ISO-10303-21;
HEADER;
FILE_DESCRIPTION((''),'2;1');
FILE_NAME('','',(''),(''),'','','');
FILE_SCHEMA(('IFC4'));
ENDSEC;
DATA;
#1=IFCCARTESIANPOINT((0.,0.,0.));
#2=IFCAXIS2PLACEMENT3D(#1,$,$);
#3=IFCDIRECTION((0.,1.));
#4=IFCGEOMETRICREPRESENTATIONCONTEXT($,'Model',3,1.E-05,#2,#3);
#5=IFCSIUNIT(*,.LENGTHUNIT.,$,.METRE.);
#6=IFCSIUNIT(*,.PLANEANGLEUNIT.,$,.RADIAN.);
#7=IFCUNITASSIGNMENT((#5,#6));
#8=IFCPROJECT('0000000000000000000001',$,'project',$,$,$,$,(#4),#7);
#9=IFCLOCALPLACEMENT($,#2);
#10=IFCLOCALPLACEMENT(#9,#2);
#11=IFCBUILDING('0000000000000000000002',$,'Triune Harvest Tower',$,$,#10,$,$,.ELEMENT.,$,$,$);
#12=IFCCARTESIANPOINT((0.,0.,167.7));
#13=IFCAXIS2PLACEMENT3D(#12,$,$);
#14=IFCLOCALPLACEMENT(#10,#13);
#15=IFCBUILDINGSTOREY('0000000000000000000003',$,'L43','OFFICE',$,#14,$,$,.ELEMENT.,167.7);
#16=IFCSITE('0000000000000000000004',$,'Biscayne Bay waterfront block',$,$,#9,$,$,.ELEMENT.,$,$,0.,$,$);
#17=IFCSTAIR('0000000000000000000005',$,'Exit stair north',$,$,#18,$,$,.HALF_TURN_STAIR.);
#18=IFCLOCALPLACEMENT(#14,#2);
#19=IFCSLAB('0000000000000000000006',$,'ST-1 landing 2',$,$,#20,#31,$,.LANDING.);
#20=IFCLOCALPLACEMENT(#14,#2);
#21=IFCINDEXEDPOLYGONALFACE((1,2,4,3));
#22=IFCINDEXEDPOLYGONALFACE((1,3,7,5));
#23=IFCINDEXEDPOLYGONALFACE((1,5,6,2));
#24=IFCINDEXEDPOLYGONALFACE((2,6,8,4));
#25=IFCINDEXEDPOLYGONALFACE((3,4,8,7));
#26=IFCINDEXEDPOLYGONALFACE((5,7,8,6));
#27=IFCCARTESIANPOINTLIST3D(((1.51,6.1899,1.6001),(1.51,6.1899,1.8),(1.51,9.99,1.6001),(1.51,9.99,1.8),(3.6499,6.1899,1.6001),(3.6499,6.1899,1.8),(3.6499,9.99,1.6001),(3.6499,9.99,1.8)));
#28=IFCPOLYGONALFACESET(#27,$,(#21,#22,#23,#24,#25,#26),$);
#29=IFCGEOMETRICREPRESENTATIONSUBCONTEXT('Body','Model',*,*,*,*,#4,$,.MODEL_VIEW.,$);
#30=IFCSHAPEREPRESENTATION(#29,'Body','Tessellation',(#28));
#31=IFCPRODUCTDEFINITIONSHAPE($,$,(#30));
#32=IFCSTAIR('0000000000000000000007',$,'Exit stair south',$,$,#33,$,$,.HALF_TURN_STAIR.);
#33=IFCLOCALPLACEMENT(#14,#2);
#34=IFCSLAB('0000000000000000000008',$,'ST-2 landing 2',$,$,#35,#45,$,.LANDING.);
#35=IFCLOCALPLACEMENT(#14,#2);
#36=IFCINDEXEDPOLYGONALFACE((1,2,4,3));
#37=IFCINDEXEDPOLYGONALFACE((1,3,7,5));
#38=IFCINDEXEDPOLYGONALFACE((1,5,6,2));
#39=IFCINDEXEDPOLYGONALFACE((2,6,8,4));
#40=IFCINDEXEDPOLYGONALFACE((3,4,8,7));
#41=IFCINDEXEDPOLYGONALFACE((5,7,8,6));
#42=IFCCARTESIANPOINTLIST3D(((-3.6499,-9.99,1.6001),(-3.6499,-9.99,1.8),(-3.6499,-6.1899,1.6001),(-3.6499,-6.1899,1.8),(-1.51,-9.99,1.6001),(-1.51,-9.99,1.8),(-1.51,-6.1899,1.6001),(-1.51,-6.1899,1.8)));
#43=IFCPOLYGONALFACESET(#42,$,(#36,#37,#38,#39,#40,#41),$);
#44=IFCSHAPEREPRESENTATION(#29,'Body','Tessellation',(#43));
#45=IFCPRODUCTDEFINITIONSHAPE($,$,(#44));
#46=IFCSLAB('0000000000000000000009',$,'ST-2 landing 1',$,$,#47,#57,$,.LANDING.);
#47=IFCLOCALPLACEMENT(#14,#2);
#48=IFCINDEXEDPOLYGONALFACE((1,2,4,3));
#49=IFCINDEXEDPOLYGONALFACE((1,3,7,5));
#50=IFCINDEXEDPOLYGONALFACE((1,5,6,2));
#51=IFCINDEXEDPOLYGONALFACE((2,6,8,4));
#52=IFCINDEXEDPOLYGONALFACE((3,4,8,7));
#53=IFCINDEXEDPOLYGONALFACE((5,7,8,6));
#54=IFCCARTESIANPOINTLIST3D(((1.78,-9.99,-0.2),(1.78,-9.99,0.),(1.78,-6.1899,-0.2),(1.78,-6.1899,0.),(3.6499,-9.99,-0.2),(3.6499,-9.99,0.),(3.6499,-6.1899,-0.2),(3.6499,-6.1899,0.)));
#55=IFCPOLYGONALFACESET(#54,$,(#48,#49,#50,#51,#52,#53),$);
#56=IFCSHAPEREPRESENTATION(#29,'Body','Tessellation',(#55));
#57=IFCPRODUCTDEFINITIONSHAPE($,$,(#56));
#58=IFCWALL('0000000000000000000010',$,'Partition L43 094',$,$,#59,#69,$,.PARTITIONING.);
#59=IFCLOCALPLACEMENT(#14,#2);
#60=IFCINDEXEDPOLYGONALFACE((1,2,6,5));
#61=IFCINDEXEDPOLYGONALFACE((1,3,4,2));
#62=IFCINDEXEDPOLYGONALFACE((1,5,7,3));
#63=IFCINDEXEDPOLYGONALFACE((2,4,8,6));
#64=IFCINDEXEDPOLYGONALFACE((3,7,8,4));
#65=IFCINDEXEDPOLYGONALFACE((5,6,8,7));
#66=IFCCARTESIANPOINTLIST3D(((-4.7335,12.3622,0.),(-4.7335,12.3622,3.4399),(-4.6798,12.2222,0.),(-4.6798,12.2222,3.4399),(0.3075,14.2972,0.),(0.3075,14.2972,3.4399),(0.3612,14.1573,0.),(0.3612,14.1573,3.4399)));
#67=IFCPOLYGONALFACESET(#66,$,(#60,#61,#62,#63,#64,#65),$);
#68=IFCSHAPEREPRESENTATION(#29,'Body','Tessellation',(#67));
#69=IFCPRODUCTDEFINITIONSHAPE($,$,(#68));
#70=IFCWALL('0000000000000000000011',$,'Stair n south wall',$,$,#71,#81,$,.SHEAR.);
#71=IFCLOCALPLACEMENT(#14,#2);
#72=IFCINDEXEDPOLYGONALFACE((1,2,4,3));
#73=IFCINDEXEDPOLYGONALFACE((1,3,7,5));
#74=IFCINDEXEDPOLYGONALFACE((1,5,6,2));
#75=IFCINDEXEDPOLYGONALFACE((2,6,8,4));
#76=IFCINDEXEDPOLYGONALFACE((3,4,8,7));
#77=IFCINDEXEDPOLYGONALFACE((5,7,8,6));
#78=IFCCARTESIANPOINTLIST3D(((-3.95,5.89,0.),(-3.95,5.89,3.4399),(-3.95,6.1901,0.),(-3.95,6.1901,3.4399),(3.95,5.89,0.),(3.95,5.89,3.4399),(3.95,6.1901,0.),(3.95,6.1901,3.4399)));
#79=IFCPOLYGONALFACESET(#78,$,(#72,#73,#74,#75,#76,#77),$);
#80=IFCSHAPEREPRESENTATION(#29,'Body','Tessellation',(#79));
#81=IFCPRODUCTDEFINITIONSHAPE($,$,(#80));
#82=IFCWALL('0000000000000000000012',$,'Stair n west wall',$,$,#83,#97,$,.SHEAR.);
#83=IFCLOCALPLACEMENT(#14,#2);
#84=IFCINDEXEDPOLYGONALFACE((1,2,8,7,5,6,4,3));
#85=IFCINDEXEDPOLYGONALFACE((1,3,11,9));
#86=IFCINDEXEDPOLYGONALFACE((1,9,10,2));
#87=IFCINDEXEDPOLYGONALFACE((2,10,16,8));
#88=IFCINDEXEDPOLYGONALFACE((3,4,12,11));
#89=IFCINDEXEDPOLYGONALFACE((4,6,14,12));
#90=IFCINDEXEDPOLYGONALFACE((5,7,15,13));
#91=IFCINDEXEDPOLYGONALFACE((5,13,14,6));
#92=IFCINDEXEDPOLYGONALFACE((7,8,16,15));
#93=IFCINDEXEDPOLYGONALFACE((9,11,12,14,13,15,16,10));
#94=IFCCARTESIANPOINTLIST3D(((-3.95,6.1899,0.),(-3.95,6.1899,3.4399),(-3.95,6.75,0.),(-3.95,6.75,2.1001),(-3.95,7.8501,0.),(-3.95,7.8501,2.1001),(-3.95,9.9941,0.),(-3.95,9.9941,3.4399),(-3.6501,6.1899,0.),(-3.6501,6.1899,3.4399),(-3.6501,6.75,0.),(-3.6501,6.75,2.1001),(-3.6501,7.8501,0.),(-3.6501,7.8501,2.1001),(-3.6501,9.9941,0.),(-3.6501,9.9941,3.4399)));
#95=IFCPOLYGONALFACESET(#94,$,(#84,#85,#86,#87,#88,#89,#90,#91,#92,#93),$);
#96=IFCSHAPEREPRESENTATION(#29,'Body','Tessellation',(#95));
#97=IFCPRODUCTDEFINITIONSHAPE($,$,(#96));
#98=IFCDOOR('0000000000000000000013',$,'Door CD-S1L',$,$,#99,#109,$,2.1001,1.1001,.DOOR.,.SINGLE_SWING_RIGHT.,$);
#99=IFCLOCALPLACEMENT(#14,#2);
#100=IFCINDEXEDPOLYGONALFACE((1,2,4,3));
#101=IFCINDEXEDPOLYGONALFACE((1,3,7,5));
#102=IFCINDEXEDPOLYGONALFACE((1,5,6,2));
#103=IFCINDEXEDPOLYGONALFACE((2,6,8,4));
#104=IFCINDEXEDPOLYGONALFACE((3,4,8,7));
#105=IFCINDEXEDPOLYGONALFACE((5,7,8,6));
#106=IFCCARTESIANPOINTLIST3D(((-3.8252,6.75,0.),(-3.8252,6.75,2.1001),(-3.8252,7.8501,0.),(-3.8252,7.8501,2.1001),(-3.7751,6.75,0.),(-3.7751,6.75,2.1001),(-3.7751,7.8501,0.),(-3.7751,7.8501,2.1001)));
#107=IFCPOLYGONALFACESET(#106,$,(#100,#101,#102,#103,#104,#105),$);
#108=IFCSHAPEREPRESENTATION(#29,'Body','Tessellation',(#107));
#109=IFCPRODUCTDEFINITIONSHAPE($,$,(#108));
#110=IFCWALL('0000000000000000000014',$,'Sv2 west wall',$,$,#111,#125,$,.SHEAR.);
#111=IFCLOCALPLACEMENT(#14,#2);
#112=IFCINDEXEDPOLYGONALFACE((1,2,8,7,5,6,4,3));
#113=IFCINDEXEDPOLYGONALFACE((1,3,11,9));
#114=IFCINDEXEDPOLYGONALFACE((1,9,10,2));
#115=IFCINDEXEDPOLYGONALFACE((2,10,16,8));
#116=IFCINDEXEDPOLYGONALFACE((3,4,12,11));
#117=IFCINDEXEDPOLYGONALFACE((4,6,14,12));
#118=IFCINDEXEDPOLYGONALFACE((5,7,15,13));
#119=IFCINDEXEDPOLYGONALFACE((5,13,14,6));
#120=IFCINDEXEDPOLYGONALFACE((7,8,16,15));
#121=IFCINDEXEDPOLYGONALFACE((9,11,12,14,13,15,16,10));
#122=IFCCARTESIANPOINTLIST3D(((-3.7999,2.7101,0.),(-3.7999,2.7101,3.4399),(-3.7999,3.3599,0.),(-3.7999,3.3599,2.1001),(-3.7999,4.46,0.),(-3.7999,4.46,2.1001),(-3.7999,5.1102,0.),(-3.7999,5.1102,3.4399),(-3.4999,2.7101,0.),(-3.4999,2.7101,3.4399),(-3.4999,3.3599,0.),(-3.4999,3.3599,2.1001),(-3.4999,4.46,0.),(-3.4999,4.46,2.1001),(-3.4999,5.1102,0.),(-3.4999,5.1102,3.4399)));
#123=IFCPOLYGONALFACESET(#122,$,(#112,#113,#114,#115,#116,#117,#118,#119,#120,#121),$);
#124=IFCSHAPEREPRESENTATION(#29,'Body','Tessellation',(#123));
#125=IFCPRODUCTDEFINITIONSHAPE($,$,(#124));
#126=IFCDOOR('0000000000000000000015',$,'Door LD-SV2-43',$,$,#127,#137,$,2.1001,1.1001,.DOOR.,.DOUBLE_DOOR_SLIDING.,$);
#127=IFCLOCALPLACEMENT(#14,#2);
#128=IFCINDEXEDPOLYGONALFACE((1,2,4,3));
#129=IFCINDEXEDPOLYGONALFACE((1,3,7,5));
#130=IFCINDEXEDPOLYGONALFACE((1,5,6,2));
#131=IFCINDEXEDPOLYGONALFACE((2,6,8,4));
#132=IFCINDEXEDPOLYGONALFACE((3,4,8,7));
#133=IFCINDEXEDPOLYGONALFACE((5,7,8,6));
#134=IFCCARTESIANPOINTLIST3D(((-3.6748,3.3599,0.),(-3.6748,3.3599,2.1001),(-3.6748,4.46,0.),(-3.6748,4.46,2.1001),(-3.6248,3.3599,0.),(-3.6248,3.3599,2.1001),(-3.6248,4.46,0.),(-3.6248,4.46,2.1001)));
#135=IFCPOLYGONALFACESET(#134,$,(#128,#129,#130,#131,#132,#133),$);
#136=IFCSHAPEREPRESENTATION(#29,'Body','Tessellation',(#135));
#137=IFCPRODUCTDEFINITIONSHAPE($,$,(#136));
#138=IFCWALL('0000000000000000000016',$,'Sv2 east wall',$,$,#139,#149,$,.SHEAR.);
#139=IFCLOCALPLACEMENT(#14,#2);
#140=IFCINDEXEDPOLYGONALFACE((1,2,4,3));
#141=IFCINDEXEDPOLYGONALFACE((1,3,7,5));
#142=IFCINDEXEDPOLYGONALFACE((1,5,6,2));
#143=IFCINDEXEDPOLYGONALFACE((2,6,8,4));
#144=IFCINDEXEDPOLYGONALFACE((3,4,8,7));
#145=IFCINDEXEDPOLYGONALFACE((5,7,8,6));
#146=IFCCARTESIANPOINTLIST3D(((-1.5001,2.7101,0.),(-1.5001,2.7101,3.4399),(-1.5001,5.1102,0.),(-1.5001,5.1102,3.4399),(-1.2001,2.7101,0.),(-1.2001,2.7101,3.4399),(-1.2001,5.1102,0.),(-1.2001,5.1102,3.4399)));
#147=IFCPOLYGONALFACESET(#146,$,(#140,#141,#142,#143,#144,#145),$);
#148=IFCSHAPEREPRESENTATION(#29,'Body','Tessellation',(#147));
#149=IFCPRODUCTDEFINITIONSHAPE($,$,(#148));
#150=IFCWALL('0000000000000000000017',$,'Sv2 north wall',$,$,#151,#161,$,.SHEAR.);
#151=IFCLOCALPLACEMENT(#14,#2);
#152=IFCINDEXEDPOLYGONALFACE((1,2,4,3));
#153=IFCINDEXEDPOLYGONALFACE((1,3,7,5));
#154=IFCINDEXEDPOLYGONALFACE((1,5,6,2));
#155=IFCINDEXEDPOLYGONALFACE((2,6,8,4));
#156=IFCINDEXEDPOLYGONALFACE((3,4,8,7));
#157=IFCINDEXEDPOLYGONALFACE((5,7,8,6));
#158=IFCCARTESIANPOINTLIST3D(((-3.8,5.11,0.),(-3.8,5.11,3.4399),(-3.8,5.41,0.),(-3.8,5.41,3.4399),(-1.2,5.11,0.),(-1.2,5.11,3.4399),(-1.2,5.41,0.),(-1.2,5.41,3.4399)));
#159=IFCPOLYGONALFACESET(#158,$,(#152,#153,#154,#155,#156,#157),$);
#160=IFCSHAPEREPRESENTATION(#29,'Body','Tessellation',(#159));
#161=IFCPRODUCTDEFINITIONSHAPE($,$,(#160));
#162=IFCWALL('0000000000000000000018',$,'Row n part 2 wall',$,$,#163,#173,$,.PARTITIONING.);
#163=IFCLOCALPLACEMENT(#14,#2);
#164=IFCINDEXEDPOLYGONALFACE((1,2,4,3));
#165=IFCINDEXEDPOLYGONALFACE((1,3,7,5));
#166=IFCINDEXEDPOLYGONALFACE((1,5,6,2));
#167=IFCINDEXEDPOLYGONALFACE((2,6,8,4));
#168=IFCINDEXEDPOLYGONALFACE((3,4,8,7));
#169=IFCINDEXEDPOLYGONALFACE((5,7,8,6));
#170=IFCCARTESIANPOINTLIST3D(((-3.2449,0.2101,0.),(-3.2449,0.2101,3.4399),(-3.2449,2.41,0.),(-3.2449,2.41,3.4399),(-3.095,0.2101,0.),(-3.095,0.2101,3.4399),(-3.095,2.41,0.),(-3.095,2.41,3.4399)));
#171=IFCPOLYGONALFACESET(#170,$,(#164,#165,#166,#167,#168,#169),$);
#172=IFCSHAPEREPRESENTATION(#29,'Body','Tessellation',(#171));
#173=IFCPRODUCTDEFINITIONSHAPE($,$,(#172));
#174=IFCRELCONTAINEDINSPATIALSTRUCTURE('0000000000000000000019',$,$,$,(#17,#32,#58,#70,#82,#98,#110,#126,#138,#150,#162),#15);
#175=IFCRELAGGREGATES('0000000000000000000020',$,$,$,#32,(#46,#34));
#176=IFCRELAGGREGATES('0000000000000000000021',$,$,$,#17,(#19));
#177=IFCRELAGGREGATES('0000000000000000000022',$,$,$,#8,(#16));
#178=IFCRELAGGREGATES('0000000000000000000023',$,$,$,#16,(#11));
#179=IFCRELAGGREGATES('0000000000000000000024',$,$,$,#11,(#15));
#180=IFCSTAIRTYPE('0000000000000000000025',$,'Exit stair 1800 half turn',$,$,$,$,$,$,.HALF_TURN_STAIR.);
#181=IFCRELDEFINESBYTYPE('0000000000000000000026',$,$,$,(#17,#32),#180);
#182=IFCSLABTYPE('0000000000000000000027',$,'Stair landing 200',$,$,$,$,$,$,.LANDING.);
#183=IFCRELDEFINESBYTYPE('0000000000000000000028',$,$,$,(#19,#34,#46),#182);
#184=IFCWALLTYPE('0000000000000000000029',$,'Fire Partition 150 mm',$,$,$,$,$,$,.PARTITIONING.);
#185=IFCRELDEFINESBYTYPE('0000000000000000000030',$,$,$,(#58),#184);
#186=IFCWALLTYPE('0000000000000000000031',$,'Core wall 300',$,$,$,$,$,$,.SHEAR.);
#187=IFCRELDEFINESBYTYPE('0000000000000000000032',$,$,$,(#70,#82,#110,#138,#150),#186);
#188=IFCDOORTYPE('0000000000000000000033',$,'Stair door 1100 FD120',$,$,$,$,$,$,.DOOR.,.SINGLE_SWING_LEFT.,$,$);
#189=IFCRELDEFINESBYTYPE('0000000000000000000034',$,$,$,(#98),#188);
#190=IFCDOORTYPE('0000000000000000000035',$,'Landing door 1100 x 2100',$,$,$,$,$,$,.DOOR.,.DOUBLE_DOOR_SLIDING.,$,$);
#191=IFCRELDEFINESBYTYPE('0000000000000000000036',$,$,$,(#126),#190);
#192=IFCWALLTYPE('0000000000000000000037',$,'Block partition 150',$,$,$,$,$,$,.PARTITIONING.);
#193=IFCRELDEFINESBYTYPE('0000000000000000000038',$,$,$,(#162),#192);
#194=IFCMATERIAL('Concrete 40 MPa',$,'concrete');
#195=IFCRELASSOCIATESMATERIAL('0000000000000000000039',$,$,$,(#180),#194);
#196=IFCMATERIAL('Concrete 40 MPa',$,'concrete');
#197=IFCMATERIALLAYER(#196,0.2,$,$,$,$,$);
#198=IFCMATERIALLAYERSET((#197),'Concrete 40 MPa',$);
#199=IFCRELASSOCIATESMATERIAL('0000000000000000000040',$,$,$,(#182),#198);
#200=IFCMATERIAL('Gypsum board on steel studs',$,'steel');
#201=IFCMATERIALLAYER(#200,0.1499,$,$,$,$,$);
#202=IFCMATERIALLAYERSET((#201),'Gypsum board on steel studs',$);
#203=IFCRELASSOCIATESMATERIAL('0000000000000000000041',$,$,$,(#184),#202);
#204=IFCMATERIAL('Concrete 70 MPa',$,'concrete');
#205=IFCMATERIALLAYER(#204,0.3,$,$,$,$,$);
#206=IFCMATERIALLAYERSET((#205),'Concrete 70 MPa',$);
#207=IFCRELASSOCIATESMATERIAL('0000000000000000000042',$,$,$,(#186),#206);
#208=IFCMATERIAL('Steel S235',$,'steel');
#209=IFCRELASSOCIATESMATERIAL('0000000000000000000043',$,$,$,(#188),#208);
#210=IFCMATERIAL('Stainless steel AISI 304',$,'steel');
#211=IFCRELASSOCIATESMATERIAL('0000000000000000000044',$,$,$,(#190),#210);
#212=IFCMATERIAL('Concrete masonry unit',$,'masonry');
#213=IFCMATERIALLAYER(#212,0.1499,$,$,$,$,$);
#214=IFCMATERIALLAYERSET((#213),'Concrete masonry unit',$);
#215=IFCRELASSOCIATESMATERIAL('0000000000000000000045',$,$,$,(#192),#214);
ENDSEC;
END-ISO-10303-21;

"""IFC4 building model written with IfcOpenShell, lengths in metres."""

from ifc_helpers import new_model, si_unit, direction, frame, frame_2d, origin, place, context, subcontext, project, spatial, polyline, rectangle, outline, extrude, source, transform, mapped, material, layer, layer_set, type_object, element, fill, aggregate, save


model = new_model("IFC4")

# Units and contexts
model_context = context("Model", 3, precision=1e-05, world=origin(), true_north=direction((0.0, 1.0)))
body_context = subcontext(model_context, "Body", "Model", "MODEL_VIEW")
ifc_project = project(units=[si_unit("LENGTHUNIT", "METRE"), si_unit("PLANEANGLEUNIT", "RADIAN")], contexts=[model_context])

# Site, building, storey
site_placement = place(None, origin())
site = spatial("IfcSite", under=ifc_project, at=site_placement, Name="Biscayne Bay waterfront block", CompositionType="ELEMENT", RefElevation=0.0)
building_placement = place(site_placement, origin())
building = spatial("IfcBuilding", under=site, at=building_placement, Name="Triune Harvest Tower", CompositionType="ELEMENT")
storey_placement = place(building_placement, frame((0.0, 0.0, 167.7)))
storey = spatial("IfcBuildingStorey", under=building, at=storey_placement, Name="L43", Description="OFFICE", CompositionType="ELEMENT", Elevation=167.7)

# Stair, slab
ifc_material_1 = material(Name="Concrete 40 MPa", Category="concrete")
stair_type = type_object("IfcStairType", Name="Exit stair 1800 half turn", PredefinedType="HALF_TURN_STAIR", material=ifc_material_1)
stair_1_placement = place(storey_placement, origin())
stair_1 = element("IfcStair", 1, at=stair_1_placement, inside=storey, type_object=stair_type, Name="Exit stair north", PredefinedType="HALF_TURN_STAIR")
ifc_material_2 = material(Name="Concrete 40 MPa", Category="concrete")
ifc_layer_1 = layer(ifc_material_2, 0.2)
ifc_layer_set_1 = layer_set([ifc_layer_1], Name="Concrete 40 MPa")
slab_type = type_object("IfcSlabType", Name="Stair landing 200", PredefinedType="LANDING", material=ifc_layer_set_1)
shared_shape_1 = source(origin(), body_context, "Body", "SweptSolid", [
    extrude(outline(polyline([(1.51, 6.1899), (3.6499, 6.1899), (3.6499, 9.99), (1.51, 9.99), (1.51, 6.1899)])), origin(), (0.0, 0.0, 1.0), 0.2),
])
slab_1_placement = place(storey_placement, frame((0.0, 0.0, 1.6001)))
slab_1 = element("IfcSlab", 2, at=slab_1_placement, type_object=slab_type, Name="ST-1 landing 2", PredefinedType="LANDING", context=body_context, shape_type="MappedRepresentation", body=[
    mapped(shared_shape_1, transform((0.0, 0.0, 0.0), scale=1.0)),
])

# Stair, slabs
stair_2_placement = place(storey_placement, origin())
stair_2 = element("IfcStair", 3, at=stair_2_placement, inside=storey, type_object=stair_type, Name="Exit stair south", PredefinedType="HALF_TURN_STAIR")
shared_shape_2 = source(origin(), body_context, "Body", "SweptSolid", [
    extrude(outline(polyline([(-1.51, -6.1899), (-3.6499, -6.1899), (-3.6499, -9.99), (-1.51, -9.99), (-1.51, -6.1899)])), origin(), (0.0, 0.0, 1.0), 0.2),
])
slab_2_placement = place(storey_placement, frame((0.0, 0.0, 1.6001)))
slab_2 = element("IfcSlab", 4, at=slab_2_placement, type_object=slab_type, Name="ST-2 landing 2", PredefinedType="LANDING", context=body_context, shape_type="MappedRepresentation", body=[
    mapped(shared_shape_2, transform((0.0, 0.0, 0.0), scale=1.0)),
])
shared_shape_3 = source(origin(), body_context, "Body", "SweptSolid", [
    extrude(outline(polyline([(3.6499, -6.1899), (1.78, -6.1899), (1.78, -9.99), (3.6499, -9.99), (3.6499, -6.1899)])), origin(), (0.0, 0.0, 1.0), 0.2),
])
slab_3_placement = place(storey_placement, frame((0.0, 0.0, -0.2)))
slab_3 = element("IfcSlab", 5, at=slab_3_placement, type_object=slab_type, Name="ST-2 landing 1", PredefinedType="LANDING", context=body_context, shape_type="MappedRepresentation", body=[
    mapped(shared_shape_3, transform((0.0, 0.0, 0.0), scale=1.0)),
])
aggregate(stair_2, [slab_3, slab_2])

# Walls
ifc_material_3 = material(Name="Gypsum board on steel studs", Category="steel")
ifc_layer_2 = layer(ifc_material_3, 0.1499)
ifc_layer_set_2 = layer_set([ifc_layer_2], Name="Gypsum board on steel studs")
wall_type_1 = type_object("IfcWallType", Name="Fire Partition 150 mm", PredefinedType="PARTITIONING", material=ifc_layer_set_2)
wall_1_placement = place(storey_placement, frame((-4.7065, 12.2922, 0.0), z_axis=(0.0, 0.0, 1.0), x_axis=(0.933581, 0.358367, 0.0)))
element("IfcWall", 6, at=wall_1_placement, inside=storey, type_object=wall_type_1, Name="Partition L43 094", PredefinedType="PARTITIONING", context=body_context, shape_type="SweptSolid", body=[
    extrude(rectangle(XDim=5.3997, YDim=0.1499, at=frame_2d((2.6997, 0.0))), origin(), (0.0, 0.0, 1.0), 3.4399),
])
ifc_material_4 = material(Name="Concrete 70 MPa", Category="concrete")
ifc_layer_3 = layer(ifc_material_4, 0.3)
ifc_layer_set_3 = layer_set([ifc_layer_3], Name="Concrete 70 MPa")
wall_type_2 = type_object("IfcWallType", Name="Core wall 300", PredefinedType="SHEAR", material=ifc_layer_set_3)
shared_shape_4 = source(origin(), body_context, "Body", "SweptSolid", [
    extrude(rectangle(XDim=7.8999, YDim=0.3, at=frame_2d((3.95, 0.0))), origin(), (0.0, 0.0, 1.0), 3.4399),
])
wall_2_placement = place(storey_placement, frame((-3.95, 6.04, 0.0), z_axis=(0.0, 0.0, 1.0), x_axis=(1.0, 0.0, 0.0)))
element("IfcWall", 7, at=wall_2_placement, inside=storey, type_object=wall_type_2, Name="Stair n south wall", PredefinedType="SHEAR", context=body_context, shape_type="MappedRepresentation", body=[
    mapped(shared_shape_4, transform((0.0, 0.0, 0.0), scale=1.0)),
])

# Walls, openings, doors
shared_shape_5 = source(origin(), body_context, "Body", "SweptSolid", [
    extrude(outline(polyline([(0.0, -0.1499), (0.0, 0.1499), (3.8042, 0.1499), (3.8042, -0.1499), (0.0, -0.1499)])), origin(), (0.0, 0.0, 1.0), 3.4399),
])
wall_3_placement = place(storey_placement, frame((-3.8, 6.1899, 0.0), z_axis=(0.0, 0.0, 1.0), x_axis=(0.0, 1.0, 0.0)))
wall_3 = element("IfcWall", 8, at=wall_3_placement, inside=storey, type_object=wall_type_2, Name="Stair n west wall", PredefinedType="SHEAR", context=body_context, shape_type="MappedRepresentation", body=[
    mapped(shared_shape_5, transform((0.0, 0.0, 0.0), scale=1.0)),
])
opening_1_placement = place(wall_3_placement, frame((0.5601, 0.0, 0.0)))
opening_1 = element("IfcOpeningElement", 9, at=opening_1_placement, cuts=wall_3, PredefinedType="OPENING", context=body_context, shape_type="SweptSolid", body=[
    extrude(rectangle(XDim=1.1001, YDim=2.1001, at=frame_2d((0.55, 1.05))), frame((0.0, 0.1602, 0.0), z_axis=(0.0, -1.0, 0.0), x_axis=(1.0, 0.0, 0.0)), (0.0, 0.0, 1.0), 0.3201),
])
ifc_material_5 = material(Name="Steel S235", Category="steel")
door_type_1 = type_object("IfcDoorType", Name="Stair door 1100 FD120", OperationType="SINGLE_SWING_LEFT", PredefinedType="DOOR", material=ifc_material_5)
door_1_placement = place(opening_1_placement, frame((1.1001, 0.0, 0.0), z_axis=(0.0, 0.0, 1.0), x_axis=(-1.0, 0.0, 0.0)))
door_1 = element("IfcDoor", 10, at=door_1_placement, inside=storey, type_object=door_type_1, Name="Door CD-S1L", OperationType="SINGLE_SWING_RIGHT", OverallHeight=2.1001, OverallWidth=1.1001, PredefinedType="DOOR", context=body_context, shape_type="SweptSolid", body=[
    extrude(rectangle(XDim=1.1001, YDim=2.1001, at=frame_2d((0.55, 1.05))), frame((0.0, 0.0249, 0.0), z_axis=(0.0, -1.0, 0.0), x_axis=(1.0, 0.0, 0.0)), (0.0, 0.0, 1.0), 0.05),
])
fill(opening_1, door_1)
shared_shape_6 = source(origin(), body_context, "Body", "SweptSolid", [
    extrude(rectangle(XDim=2.4001, YDim=0.3, at=frame_2d((1.2002, 0.0))), origin(), (0.0, 0.0, 1.0), 3.4399),
])
wall_4_placement = place(storey_placement, frame((-3.6499, 2.71, 0.0), z_axis=(0.0, 0.0, 1.0), x_axis=(0.0, 1.0, 0.0)))
wall_4 = element("IfcWall", 11, at=wall_4_placement, inside=storey, type_object=wall_type_2, Name="Sv2 west wall", PredefinedType="SHEAR", context=body_context, shape_type="MappedRepresentation", body=[
    mapped(shared_shape_6, transform((0.0, 0.0, 0.0), scale=1.0)),
])
opening_2_placement = place(wall_4_placement, frame((0.6499, 0.0, 0.0)))
opening_2 = element("IfcOpeningElement", 12, at=opening_2_placement, cuts=wall_4, PredefinedType="OPENING", context=body_context, shape_type="SweptSolid", body=[
    extrude(rectangle(XDim=1.1001, YDim=2.1001, at=frame_2d((0.55, 1.05))), frame((0.0, 0.1602, 0.0), z_axis=(0.0, -1.0, 0.0), x_axis=(1.0, 0.0, 0.0)), (0.0, 0.0, 1.0), 0.3201),
])
ifc_material_6 = material(Name="Stainless steel AISI 304", Category="steel")
door_type_2 = type_object("IfcDoorType", Name="Landing door 1100 x 2100", OperationType="DOUBLE_DOOR_SLIDING", PredefinedType="DOOR", material=ifc_material_6)
door_2_placement = place(opening_2_placement, origin())
door_2 = element("IfcDoor", 13, at=door_2_placement, inside=storey, type_object=door_type_2, Name="Door LD-SV2-43", OperationType="DOUBLE_DOOR_SLIDING", OverallHeight=2.1001, OverallWidth=1.1001, PredefinedType="DOOR", context=body_context, shape_type="SweptSolid", body=[
    extrude(rectangle(XDim=1.1001, YDim=2.1001, at=frame_2d((0.55, 1.05))), frame((0.0, 0.0249, 0.0), z_axis=(0.0, -1.0, 0.0), x_axis=(1.0, 0.0, 0.0)), (0.0, 0.0, 1.0), 0.05),
])
fill(opening_2, door_2)

# Walls
wall_5_placement = place(storey_placement, frame((-1.3501, 2.71, 0.0), z_axis=(0.0, 0.0, 1.0), x_axis=(0.0, 1.0, 0.0)))
element("IfcWall", 14, at=wall_5_placement, inside=storey, type_object=wall_type_2, Name="Sv2 east wall", PredefinedType="SHEAR", context=body_context, shape_type="MappedRepresentation", body=[
    mapped(shared_shape_6, transform((0.0, 0.0, 0.0), scale=1.0)),
])
shared_shape_7 = source(origin(), body_context, "Body", "SweptSolid", [
    extrude(rectangle(XDim=2.6001, YDim=0.3, at=frame_2d((1.3, 0.0))), origin(), (0.0, 0.0, 1.0), 3.4399),
])
wall_6_placement = place(storey_placement, frame((-3.8, 5.26, 0.0), z_axis=(0.0, 0.0, 1.0), x_axis=(1.0, 0.0, 0.0)))
element("IfcWall", 15, at=wall_6_placement, inside=storey, type_object=wall_type_2, Name="Sv2 north wall", PredefinedType="SHEAR", context=body_context, shape_type="MappedRepresentation", body=[
    mapped(shared_shape_7, transform((0.0, 0.0, 0.0), scale=1.0)),
])
ifc_material_7 = material(Name="Concrete masonry unit", Category="masonry")
ifc_layer_4 = layer(ifc_material_7, 0.1499)
ifc_layer_set_4 = layer_set([ifc_layer_4], Name="Concrete masonry unit")
wall_type_3 = type_object("IfcWallType", Name="Block partition 150", PredefinedType="PARTITIONING", material=ifc_layer_set_4)
shared_shape_8 = source(origin(), body_context, "Body", "SweptSolid", [
    extrude(rectangle(XDim=2.2, YDim=0.1499, at=frame_2d((1.1001, 0.0))), origin(), (0.0, 0.0, 1.0), 3.4399),
])
wall_7_placement = place(storey_placement, frame((-3.1699, 0.21, 0.0), z_axis=(0.0, 0.0, 1.0), x_axis=(0.0, 1.0, 0.0)))
element("IfcWall", 16, at=wall_7_placement, inside=storey, type_object=wall_type_3, Name="Row n part 2 wall", PredefinedType="PARTITIONING", context=body_context, shape_type="MappedRepresentation", body=[
    mapped(shared_shape_8, transform((0.0, 0.0, 0.0), scale=1.0)),
])

aggregate(stair_1, [slab_1])

save(model, "model.ifc")
